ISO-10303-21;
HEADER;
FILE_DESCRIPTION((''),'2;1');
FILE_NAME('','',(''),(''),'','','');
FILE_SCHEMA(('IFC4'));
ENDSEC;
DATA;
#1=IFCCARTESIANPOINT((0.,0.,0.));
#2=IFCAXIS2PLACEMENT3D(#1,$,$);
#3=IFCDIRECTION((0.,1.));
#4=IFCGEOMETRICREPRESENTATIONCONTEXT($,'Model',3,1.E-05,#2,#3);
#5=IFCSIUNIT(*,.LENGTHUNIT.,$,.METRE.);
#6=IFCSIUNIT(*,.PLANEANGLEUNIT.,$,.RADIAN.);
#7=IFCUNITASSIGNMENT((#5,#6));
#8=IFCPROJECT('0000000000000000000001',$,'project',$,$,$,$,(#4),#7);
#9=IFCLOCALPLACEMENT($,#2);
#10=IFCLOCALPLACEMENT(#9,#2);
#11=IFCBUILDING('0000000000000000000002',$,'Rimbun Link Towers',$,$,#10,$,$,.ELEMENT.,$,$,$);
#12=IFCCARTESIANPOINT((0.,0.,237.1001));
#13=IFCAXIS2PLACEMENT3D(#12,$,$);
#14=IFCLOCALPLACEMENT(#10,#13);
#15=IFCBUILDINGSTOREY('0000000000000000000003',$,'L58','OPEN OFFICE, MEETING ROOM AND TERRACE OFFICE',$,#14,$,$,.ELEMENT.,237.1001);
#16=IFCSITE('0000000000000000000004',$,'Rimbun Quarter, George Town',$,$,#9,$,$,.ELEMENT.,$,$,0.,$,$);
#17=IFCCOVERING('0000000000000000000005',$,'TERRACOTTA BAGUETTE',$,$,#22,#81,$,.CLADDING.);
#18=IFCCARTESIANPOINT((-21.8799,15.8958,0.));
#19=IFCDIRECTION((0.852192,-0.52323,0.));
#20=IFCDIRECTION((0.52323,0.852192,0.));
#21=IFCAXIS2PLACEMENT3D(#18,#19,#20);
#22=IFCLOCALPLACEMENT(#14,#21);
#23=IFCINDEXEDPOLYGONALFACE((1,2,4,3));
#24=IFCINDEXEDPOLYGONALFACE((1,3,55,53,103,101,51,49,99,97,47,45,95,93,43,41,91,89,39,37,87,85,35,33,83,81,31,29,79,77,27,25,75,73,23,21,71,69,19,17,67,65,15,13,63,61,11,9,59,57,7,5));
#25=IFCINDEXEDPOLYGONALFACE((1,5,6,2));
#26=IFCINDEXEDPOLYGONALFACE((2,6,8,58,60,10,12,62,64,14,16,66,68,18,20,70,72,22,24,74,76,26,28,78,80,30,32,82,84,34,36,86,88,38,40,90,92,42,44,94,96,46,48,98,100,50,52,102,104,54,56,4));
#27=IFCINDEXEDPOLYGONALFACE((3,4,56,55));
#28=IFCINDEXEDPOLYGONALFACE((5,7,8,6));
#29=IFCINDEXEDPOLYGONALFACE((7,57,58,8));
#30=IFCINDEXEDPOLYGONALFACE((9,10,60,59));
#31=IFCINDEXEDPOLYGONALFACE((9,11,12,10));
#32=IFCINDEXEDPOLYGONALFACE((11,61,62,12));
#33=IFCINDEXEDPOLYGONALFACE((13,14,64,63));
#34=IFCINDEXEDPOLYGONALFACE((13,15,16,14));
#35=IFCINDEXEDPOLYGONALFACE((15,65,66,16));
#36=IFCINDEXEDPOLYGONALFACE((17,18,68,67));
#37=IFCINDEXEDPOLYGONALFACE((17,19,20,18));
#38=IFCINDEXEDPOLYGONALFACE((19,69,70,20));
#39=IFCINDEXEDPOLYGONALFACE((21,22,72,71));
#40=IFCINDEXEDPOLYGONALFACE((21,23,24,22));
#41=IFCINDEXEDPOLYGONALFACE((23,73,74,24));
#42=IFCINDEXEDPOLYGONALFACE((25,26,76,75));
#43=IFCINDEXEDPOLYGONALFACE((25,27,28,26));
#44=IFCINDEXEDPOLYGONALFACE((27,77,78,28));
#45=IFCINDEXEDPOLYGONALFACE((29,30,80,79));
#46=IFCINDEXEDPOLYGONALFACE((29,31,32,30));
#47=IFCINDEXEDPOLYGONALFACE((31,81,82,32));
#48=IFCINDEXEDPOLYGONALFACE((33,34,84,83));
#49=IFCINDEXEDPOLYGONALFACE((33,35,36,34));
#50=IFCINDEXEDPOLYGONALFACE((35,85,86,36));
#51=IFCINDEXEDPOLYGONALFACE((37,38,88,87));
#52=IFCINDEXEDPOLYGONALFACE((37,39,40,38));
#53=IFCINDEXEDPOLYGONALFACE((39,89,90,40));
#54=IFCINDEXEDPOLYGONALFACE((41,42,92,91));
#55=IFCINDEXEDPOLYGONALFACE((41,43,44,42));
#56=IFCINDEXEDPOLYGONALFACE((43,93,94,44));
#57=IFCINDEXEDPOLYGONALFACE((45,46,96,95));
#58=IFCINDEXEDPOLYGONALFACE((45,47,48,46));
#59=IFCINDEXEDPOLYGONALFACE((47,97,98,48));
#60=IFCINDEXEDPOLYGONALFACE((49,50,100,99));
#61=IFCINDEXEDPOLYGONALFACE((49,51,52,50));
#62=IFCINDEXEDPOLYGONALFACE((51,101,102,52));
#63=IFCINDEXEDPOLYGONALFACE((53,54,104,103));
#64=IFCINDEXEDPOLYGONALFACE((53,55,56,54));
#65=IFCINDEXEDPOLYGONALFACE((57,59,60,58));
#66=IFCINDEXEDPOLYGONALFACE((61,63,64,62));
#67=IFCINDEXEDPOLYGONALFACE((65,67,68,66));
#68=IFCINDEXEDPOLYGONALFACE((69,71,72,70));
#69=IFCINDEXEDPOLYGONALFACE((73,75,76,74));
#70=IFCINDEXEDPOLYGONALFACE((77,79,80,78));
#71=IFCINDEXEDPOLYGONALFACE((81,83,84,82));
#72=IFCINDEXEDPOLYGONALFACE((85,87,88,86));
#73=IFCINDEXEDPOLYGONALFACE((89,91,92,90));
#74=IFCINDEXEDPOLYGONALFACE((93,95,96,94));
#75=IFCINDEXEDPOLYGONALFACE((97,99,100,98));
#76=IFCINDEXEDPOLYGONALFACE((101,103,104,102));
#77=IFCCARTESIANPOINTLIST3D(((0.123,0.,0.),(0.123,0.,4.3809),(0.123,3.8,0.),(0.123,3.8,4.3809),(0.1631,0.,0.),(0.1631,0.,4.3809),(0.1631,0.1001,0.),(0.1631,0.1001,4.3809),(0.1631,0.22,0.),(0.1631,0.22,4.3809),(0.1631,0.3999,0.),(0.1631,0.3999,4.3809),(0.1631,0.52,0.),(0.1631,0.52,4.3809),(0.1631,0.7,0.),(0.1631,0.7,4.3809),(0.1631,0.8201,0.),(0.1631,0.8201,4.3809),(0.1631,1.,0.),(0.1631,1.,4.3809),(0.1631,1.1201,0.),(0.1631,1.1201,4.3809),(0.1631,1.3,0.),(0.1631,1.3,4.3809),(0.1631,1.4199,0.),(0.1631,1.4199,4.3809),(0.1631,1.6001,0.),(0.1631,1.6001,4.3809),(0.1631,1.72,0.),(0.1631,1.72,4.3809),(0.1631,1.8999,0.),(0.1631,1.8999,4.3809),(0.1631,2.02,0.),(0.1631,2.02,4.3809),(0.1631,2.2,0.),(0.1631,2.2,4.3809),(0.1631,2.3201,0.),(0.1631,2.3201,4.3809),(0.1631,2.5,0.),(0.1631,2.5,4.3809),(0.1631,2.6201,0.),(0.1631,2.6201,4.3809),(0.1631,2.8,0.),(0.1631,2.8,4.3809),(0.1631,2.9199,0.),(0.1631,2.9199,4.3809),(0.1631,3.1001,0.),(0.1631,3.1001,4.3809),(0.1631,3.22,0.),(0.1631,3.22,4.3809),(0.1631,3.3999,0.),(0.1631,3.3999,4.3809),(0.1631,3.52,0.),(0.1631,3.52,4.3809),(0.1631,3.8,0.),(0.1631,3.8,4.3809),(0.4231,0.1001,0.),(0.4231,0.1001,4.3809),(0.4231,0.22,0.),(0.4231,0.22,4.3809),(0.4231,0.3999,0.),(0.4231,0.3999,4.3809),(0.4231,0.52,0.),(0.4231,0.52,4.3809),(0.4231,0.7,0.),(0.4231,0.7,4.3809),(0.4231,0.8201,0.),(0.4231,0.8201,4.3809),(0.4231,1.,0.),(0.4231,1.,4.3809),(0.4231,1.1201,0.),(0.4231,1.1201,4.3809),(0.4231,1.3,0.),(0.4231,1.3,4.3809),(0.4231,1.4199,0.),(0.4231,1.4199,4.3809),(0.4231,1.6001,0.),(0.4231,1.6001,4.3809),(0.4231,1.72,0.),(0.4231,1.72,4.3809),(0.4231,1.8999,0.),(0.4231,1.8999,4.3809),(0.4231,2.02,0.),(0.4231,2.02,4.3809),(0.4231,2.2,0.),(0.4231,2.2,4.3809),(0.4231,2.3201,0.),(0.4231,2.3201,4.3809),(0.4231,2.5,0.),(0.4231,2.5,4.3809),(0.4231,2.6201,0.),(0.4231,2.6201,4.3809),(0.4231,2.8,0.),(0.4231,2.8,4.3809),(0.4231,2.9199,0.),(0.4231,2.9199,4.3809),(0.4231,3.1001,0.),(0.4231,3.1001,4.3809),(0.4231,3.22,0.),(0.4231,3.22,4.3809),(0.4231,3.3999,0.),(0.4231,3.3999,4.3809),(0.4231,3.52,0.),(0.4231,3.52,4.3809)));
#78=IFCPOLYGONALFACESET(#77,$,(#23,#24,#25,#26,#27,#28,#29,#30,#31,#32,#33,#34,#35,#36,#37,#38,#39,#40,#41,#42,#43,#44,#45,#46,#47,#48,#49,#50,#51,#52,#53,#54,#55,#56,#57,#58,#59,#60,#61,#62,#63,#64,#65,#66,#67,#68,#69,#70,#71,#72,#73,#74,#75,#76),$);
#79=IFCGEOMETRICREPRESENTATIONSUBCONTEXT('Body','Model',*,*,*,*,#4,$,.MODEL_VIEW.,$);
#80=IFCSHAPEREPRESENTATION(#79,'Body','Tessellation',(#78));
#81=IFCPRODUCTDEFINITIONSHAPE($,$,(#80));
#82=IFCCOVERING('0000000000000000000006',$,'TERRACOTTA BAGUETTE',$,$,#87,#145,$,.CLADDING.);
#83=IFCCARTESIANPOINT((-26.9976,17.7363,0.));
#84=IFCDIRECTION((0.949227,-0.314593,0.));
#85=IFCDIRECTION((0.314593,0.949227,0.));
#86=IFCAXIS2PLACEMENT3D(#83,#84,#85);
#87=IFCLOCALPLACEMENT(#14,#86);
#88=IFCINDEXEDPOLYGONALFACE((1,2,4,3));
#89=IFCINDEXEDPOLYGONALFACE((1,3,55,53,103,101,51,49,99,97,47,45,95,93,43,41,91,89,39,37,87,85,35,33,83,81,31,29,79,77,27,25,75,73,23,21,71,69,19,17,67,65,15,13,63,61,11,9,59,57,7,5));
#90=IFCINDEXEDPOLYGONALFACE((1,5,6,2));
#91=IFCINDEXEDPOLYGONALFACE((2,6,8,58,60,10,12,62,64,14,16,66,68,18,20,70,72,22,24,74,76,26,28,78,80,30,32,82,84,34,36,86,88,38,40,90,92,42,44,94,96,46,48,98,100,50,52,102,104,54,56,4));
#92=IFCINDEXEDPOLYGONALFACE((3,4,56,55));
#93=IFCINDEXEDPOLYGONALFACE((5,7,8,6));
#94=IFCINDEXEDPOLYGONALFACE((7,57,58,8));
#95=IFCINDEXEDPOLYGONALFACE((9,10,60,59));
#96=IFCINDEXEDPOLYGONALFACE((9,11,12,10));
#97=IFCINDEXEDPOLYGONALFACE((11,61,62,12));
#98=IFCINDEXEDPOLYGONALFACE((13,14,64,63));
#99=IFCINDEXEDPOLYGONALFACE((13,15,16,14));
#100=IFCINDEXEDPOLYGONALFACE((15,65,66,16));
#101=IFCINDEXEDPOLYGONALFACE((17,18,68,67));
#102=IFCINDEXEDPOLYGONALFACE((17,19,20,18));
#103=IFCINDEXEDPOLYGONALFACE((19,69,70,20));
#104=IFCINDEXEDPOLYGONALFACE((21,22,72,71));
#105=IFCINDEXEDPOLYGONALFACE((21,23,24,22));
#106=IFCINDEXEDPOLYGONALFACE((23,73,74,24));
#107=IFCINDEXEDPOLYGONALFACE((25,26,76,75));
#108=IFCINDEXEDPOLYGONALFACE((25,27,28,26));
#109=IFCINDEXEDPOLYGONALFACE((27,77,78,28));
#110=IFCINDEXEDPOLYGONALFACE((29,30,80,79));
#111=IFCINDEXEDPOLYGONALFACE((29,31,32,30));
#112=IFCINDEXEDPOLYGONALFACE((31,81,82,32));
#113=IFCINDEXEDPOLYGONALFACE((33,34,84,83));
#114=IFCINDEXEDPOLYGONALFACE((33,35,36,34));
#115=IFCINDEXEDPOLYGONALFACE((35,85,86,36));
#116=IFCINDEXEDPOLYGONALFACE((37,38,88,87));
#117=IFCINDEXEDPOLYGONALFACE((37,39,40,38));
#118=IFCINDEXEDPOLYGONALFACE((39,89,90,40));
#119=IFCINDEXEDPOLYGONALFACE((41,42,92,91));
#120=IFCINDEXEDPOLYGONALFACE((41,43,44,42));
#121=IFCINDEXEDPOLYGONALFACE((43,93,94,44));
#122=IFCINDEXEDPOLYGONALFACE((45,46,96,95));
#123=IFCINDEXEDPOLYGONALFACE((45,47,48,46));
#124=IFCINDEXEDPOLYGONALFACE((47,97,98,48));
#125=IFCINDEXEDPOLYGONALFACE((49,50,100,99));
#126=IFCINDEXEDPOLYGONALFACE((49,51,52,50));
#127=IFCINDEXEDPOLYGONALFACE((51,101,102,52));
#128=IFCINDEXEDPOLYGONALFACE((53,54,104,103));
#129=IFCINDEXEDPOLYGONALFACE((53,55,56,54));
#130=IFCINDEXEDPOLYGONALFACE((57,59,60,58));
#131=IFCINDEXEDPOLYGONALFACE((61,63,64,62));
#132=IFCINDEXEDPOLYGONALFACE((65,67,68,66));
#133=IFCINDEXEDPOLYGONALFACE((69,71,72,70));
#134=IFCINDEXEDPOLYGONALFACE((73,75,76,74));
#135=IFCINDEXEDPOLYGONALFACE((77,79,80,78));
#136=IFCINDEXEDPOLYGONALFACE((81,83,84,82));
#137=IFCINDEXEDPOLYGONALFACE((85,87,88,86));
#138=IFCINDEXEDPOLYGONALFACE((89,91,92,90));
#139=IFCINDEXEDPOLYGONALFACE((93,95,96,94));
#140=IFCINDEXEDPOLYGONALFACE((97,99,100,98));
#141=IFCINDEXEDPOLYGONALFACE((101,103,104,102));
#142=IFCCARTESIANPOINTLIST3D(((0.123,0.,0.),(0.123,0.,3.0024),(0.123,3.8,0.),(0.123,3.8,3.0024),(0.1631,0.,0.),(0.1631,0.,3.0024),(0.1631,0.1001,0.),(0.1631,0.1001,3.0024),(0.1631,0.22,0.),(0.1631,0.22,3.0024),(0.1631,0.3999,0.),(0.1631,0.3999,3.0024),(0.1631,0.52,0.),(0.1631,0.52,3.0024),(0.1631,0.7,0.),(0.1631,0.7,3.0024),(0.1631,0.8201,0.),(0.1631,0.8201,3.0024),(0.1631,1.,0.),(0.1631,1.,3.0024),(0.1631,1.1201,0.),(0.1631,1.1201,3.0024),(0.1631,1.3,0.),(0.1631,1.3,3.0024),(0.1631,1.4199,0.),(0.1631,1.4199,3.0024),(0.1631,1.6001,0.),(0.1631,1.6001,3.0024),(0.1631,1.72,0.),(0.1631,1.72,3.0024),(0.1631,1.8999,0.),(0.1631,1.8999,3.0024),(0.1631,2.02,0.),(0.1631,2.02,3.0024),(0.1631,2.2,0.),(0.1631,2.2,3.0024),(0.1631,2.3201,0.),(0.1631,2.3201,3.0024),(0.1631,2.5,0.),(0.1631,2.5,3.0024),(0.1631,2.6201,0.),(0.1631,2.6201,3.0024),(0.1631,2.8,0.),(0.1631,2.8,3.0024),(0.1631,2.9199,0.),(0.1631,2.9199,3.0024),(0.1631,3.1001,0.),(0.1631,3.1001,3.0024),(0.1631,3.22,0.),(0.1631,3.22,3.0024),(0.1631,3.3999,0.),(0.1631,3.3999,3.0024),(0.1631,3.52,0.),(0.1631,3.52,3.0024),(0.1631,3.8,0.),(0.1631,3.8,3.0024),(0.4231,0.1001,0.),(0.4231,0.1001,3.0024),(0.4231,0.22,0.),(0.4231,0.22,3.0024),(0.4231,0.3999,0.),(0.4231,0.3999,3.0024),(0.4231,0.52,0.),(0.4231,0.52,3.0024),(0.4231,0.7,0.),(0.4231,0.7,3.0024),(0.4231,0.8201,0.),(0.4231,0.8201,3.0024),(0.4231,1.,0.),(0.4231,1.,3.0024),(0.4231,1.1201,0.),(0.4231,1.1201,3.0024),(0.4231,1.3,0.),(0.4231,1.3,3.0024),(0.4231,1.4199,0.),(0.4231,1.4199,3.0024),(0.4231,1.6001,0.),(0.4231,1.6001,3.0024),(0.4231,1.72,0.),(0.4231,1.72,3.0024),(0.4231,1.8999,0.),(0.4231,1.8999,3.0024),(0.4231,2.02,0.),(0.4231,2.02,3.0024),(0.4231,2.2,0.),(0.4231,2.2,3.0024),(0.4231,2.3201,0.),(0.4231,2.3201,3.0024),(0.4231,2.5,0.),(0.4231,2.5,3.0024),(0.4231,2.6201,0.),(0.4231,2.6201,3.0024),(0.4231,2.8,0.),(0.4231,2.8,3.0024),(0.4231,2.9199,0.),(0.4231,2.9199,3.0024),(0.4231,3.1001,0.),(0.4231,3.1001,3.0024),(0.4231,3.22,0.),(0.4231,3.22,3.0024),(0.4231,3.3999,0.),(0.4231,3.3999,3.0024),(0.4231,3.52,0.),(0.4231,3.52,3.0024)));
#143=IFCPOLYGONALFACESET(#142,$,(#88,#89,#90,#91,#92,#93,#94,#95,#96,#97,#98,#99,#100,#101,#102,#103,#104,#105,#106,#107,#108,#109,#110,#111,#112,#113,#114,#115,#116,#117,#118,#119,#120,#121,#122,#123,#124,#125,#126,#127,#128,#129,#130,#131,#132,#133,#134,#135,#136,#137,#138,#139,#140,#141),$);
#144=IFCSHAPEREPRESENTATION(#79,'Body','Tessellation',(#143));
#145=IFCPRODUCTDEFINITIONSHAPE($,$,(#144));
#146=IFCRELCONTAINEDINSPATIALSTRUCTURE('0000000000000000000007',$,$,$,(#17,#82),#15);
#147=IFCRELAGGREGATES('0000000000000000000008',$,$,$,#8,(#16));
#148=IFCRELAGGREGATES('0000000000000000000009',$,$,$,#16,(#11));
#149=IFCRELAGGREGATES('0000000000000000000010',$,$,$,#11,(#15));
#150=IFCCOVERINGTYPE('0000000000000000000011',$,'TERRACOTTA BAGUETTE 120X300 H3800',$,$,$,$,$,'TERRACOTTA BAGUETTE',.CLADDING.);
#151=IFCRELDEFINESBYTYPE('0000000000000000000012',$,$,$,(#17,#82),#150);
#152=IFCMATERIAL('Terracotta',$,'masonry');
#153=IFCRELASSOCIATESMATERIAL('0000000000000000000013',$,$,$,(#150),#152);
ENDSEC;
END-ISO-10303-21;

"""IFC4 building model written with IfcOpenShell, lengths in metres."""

from ifc_helpers import new_model, si_unit, direction, frame, origin, place, context, subcontext, project, spatial, polyline, outline, extrude, material, material_profile, profile_set, type_object, element, save


model = new_model("IFC4")

# Units and contexts
model_context = context("Model", 3, precision=1e-05, world=origin(), true_north=direction((0.0, 1.0)))
body_context = subcontext(model_context, "Body", "Model", "MODEL_VIEW")
ifc_project = project(units=[si_unit("LENGTHUNIT", "METRE"), si_unit("PLANEANGLEUNIT", "RADIAN")], contexts=[model_context])

# Site, building, storey
site_placement = place(None, origin())
site = spatial("IfcSite", under=ifc_project, at=site_placement, Name="Rimbun Quarter, George Town", CompositionType="ELEMENT", RefElevation=0.0)
building_placement = place(site_placement, origin())
building = spatial("IfcBuilding", under=site, at=building_placement, Name="Rimbun Link Towers", CompositionType="ELEMENT")
storey_placement = place(building_placement, frame((0.0, 0.0, 237.1001)))
storey = spatial("IfcBuildingStorey", under=building, at=storey_placement, Name="L58", Description="OPEN OFFICE, MEETING ROOM AND TERRACE OFFICE", CompositionType="ELEMENT", Elevation=237.1001)

# Coverings
ifc_material_1 = material(Name="Terracotta", Category="masonry")
ifc_material_profile_1 = material_profile(ifc_material_1, outline(polyline([(0.123, 0.0), (0.1631, 0.0), (0.1631, 0.1001), (0.4231, 0.1001), (0.4231, 0.22), (0.1631, 0.22), (0.1631, 0.3999), (0.4231, 0.3999), (0.4231, 0.52), (0.1631, 0.52), (0.1631, 0.7), (0.4231, 0.7), (0.4231, 0.8201), (0.1631, 0.8201), (0.1631, 1.0), (0.4231, 1.0), (0.4231, 1.1201), (0.1631, 1.1201), (0.1631, 1.3), (0.4231, 1.3), (0.4231, 1.4199), (0.1631, 1.4199), (0.1631, 1.6001), (0.4231, 1.6001), (0.4231, 1.72), (0.1631, 1.72), (0.1631, 1.8999), (0.4231, 1.8999), (0.4231, 2.02), (0.1631, 2.02), (0.1631, 2.2), (0.4231, 2.2), (0.4231, 2.3201), (0.1631, 2.3201), (0.1631, 2.5), (0.4231, 2.5), (0.4231, 2.6201), (0.1631, 2.6201), (0.1631, 2.8), (0.4231, 2.8), (0.4231, 2.9199), (0.1631, 2.9199), (0.1631, 3.1001), (0.4231, 3.1001), (0.4231, 3.22), (0.1631, 3.22), (0.1631, 3.3999), (0.4231, 3.3999), (0.4231, 3.52), (0.1631, 3.52), (0.1631, 3.8), (0.123, 3.8), (0.123, 0.0)])), Name="BAGUETTE 120X300")
ifc_profile_set_1 = profile_set([ifc_material_profile_1], Name="Terracotta")
covering_type = type_object("IfcCoveringType", Name="TERRACOTTA BAGUETTE 120X300 H3800", ElementType="TERRACOTTA BAGUETTE", PredefinedType="CLADDING", material=ifc_profile_set_1)
covering_1_placement = place(storey_placement, frame((-21.8799, 15.8958, 0.0), z_axis=(0.852192, -0.52323, 0.0), x_axis=(0.52323, 0.852192, 0.0)))
element("IfcCovering", 1, at=covering_1_placement, inside=storey, type_object=covering_type, Name="TERRACOTTA BAGUETTE", PredefinedType="CLADDING", context=body_context, shape_type="SweptSolid", body=[
    extrude(outline(polyline([(0.123, 0.0), (0.1631, 0.0), (0.1631, 0.1001), (0.4231, 0.1001), (0.4231, 0.22), (0.1631, 0.22), (0.1631, 0.3999), (0.4231, 0.3999), (0.4231, 0.52), (0.1631, 0.52), (0.1631, 0.7), (0.4231, 0.7), (0.4231, 0.8201), (0.1631, 0.8201), (0.1631, 1.0), (0.4231, 1.0), (0.4231, 1.1201), (0.1631, 1.1201), (0.1631, 1.3), (0.4231, 1.3), (0.4231, 1.4199), (0.1631, 1.4199), (0.1631, 1.6001), (0.4231, 1.6001), (0.4231, 1.72), (0.1631, 1.72), (0.1631, 1.8999), (0.4231, 1.8999), (0.4231, 2.02), (0.1631, 2.02), (0.1631, 2.2), (0.4231, 2.2), (0.4231, 2.3201), (0.1631, 2.3201), (0.1631, 2.5), (0.4231, 2.5), (0.4231, 2.6201), (0.1631, 2.6201), (0.1631, 2.8), (0.4231, 2.8), (0.4231, 2.9199), (0.1631, 2.9199), (0.1631, 3.1001), (0.4231, 3.1001), (0.4231, 3.22), (0.1631, 3.22), (0.1631, 3.3999), (0.4231, 3.3999), (0.4231, 3.52), (0.1631, 3.52), (0.1631, 3.8), (0.123, 3.8), (0.123, 0.0)])), origin(), (0.0, 0.0, 1.0), 4.3809),
])
covering_2_placement = place(storey_placement, frame((-26.9976, 17.7363, 0.0), z_axis=(0.949227, -0.314593, 0.0), x_axis=(0.314593, 0.949227, 0.0)))
element("IfcCovering", 2, at=covering_2_placement, inside=storey, type_object=covering_type, Name="TERRACOTTA BAGUETTE", PredefinedType="CLADDING", context=body_context, shape_type="SweptSolid", body=[
    extrude(outline(polyline([(0.123, 0.0), (0.1631, 0.0), (0.1631, 0.1001), (0.4231, 0.1001), (0.4231, 0.22), (0.1631, 0.22), (0.1631, 0.3999), (0.4231, 0.3999), (0.4231, 0.52), (0.1631, 0.52), (0.1631, 0.7), (0.4231, 0.7), (0.4231, 0.8201), (0.1631, 0.8201), (0.1631, 1.0), (0.4231, 1.0), (0.4231, 1.1201), (0.1631, 1.1201), (0.1631, 1.3), (0.4231, 1.3), (0.4231, 1.4199), (0.1631, 1.4199), (0.1631, 1.6001), (0.4231, 1.6001), (0.4231, 1.72), (0.1631, 1.72), (0.1631, 1.8999), (0.4231, 1.8999), (0.4231, 2.02), (0.1631, 2.02), (0.1631, 2.2), (0.4231, 2.2), (0.4231, 2.3201), (0.1631, 2.3201), (0.1631, 2.5), (0.4231, 2.5), (0.4231, 2.6201), (0.1631, 2.6201), (0.1631, 2.8), (0.4231, 2.8), (0.4231, 2.9199), (0.1631, 2.9199), (0.1631, 3.1001), (0.4231, 3.1001), (0.4231, 3.22), (0.1631, 3.22), (0.1631, 3.3999), (0.4231, 3.3999), (0.4231, 3.52), (0.1631, 3.52), (0.1631, 3.8), (0.123, 3.8), (0.123, 0.0)])), origin(), (0.0, 0.0, 1.0), 3.0024),
])

save(model, "model.ifc")
